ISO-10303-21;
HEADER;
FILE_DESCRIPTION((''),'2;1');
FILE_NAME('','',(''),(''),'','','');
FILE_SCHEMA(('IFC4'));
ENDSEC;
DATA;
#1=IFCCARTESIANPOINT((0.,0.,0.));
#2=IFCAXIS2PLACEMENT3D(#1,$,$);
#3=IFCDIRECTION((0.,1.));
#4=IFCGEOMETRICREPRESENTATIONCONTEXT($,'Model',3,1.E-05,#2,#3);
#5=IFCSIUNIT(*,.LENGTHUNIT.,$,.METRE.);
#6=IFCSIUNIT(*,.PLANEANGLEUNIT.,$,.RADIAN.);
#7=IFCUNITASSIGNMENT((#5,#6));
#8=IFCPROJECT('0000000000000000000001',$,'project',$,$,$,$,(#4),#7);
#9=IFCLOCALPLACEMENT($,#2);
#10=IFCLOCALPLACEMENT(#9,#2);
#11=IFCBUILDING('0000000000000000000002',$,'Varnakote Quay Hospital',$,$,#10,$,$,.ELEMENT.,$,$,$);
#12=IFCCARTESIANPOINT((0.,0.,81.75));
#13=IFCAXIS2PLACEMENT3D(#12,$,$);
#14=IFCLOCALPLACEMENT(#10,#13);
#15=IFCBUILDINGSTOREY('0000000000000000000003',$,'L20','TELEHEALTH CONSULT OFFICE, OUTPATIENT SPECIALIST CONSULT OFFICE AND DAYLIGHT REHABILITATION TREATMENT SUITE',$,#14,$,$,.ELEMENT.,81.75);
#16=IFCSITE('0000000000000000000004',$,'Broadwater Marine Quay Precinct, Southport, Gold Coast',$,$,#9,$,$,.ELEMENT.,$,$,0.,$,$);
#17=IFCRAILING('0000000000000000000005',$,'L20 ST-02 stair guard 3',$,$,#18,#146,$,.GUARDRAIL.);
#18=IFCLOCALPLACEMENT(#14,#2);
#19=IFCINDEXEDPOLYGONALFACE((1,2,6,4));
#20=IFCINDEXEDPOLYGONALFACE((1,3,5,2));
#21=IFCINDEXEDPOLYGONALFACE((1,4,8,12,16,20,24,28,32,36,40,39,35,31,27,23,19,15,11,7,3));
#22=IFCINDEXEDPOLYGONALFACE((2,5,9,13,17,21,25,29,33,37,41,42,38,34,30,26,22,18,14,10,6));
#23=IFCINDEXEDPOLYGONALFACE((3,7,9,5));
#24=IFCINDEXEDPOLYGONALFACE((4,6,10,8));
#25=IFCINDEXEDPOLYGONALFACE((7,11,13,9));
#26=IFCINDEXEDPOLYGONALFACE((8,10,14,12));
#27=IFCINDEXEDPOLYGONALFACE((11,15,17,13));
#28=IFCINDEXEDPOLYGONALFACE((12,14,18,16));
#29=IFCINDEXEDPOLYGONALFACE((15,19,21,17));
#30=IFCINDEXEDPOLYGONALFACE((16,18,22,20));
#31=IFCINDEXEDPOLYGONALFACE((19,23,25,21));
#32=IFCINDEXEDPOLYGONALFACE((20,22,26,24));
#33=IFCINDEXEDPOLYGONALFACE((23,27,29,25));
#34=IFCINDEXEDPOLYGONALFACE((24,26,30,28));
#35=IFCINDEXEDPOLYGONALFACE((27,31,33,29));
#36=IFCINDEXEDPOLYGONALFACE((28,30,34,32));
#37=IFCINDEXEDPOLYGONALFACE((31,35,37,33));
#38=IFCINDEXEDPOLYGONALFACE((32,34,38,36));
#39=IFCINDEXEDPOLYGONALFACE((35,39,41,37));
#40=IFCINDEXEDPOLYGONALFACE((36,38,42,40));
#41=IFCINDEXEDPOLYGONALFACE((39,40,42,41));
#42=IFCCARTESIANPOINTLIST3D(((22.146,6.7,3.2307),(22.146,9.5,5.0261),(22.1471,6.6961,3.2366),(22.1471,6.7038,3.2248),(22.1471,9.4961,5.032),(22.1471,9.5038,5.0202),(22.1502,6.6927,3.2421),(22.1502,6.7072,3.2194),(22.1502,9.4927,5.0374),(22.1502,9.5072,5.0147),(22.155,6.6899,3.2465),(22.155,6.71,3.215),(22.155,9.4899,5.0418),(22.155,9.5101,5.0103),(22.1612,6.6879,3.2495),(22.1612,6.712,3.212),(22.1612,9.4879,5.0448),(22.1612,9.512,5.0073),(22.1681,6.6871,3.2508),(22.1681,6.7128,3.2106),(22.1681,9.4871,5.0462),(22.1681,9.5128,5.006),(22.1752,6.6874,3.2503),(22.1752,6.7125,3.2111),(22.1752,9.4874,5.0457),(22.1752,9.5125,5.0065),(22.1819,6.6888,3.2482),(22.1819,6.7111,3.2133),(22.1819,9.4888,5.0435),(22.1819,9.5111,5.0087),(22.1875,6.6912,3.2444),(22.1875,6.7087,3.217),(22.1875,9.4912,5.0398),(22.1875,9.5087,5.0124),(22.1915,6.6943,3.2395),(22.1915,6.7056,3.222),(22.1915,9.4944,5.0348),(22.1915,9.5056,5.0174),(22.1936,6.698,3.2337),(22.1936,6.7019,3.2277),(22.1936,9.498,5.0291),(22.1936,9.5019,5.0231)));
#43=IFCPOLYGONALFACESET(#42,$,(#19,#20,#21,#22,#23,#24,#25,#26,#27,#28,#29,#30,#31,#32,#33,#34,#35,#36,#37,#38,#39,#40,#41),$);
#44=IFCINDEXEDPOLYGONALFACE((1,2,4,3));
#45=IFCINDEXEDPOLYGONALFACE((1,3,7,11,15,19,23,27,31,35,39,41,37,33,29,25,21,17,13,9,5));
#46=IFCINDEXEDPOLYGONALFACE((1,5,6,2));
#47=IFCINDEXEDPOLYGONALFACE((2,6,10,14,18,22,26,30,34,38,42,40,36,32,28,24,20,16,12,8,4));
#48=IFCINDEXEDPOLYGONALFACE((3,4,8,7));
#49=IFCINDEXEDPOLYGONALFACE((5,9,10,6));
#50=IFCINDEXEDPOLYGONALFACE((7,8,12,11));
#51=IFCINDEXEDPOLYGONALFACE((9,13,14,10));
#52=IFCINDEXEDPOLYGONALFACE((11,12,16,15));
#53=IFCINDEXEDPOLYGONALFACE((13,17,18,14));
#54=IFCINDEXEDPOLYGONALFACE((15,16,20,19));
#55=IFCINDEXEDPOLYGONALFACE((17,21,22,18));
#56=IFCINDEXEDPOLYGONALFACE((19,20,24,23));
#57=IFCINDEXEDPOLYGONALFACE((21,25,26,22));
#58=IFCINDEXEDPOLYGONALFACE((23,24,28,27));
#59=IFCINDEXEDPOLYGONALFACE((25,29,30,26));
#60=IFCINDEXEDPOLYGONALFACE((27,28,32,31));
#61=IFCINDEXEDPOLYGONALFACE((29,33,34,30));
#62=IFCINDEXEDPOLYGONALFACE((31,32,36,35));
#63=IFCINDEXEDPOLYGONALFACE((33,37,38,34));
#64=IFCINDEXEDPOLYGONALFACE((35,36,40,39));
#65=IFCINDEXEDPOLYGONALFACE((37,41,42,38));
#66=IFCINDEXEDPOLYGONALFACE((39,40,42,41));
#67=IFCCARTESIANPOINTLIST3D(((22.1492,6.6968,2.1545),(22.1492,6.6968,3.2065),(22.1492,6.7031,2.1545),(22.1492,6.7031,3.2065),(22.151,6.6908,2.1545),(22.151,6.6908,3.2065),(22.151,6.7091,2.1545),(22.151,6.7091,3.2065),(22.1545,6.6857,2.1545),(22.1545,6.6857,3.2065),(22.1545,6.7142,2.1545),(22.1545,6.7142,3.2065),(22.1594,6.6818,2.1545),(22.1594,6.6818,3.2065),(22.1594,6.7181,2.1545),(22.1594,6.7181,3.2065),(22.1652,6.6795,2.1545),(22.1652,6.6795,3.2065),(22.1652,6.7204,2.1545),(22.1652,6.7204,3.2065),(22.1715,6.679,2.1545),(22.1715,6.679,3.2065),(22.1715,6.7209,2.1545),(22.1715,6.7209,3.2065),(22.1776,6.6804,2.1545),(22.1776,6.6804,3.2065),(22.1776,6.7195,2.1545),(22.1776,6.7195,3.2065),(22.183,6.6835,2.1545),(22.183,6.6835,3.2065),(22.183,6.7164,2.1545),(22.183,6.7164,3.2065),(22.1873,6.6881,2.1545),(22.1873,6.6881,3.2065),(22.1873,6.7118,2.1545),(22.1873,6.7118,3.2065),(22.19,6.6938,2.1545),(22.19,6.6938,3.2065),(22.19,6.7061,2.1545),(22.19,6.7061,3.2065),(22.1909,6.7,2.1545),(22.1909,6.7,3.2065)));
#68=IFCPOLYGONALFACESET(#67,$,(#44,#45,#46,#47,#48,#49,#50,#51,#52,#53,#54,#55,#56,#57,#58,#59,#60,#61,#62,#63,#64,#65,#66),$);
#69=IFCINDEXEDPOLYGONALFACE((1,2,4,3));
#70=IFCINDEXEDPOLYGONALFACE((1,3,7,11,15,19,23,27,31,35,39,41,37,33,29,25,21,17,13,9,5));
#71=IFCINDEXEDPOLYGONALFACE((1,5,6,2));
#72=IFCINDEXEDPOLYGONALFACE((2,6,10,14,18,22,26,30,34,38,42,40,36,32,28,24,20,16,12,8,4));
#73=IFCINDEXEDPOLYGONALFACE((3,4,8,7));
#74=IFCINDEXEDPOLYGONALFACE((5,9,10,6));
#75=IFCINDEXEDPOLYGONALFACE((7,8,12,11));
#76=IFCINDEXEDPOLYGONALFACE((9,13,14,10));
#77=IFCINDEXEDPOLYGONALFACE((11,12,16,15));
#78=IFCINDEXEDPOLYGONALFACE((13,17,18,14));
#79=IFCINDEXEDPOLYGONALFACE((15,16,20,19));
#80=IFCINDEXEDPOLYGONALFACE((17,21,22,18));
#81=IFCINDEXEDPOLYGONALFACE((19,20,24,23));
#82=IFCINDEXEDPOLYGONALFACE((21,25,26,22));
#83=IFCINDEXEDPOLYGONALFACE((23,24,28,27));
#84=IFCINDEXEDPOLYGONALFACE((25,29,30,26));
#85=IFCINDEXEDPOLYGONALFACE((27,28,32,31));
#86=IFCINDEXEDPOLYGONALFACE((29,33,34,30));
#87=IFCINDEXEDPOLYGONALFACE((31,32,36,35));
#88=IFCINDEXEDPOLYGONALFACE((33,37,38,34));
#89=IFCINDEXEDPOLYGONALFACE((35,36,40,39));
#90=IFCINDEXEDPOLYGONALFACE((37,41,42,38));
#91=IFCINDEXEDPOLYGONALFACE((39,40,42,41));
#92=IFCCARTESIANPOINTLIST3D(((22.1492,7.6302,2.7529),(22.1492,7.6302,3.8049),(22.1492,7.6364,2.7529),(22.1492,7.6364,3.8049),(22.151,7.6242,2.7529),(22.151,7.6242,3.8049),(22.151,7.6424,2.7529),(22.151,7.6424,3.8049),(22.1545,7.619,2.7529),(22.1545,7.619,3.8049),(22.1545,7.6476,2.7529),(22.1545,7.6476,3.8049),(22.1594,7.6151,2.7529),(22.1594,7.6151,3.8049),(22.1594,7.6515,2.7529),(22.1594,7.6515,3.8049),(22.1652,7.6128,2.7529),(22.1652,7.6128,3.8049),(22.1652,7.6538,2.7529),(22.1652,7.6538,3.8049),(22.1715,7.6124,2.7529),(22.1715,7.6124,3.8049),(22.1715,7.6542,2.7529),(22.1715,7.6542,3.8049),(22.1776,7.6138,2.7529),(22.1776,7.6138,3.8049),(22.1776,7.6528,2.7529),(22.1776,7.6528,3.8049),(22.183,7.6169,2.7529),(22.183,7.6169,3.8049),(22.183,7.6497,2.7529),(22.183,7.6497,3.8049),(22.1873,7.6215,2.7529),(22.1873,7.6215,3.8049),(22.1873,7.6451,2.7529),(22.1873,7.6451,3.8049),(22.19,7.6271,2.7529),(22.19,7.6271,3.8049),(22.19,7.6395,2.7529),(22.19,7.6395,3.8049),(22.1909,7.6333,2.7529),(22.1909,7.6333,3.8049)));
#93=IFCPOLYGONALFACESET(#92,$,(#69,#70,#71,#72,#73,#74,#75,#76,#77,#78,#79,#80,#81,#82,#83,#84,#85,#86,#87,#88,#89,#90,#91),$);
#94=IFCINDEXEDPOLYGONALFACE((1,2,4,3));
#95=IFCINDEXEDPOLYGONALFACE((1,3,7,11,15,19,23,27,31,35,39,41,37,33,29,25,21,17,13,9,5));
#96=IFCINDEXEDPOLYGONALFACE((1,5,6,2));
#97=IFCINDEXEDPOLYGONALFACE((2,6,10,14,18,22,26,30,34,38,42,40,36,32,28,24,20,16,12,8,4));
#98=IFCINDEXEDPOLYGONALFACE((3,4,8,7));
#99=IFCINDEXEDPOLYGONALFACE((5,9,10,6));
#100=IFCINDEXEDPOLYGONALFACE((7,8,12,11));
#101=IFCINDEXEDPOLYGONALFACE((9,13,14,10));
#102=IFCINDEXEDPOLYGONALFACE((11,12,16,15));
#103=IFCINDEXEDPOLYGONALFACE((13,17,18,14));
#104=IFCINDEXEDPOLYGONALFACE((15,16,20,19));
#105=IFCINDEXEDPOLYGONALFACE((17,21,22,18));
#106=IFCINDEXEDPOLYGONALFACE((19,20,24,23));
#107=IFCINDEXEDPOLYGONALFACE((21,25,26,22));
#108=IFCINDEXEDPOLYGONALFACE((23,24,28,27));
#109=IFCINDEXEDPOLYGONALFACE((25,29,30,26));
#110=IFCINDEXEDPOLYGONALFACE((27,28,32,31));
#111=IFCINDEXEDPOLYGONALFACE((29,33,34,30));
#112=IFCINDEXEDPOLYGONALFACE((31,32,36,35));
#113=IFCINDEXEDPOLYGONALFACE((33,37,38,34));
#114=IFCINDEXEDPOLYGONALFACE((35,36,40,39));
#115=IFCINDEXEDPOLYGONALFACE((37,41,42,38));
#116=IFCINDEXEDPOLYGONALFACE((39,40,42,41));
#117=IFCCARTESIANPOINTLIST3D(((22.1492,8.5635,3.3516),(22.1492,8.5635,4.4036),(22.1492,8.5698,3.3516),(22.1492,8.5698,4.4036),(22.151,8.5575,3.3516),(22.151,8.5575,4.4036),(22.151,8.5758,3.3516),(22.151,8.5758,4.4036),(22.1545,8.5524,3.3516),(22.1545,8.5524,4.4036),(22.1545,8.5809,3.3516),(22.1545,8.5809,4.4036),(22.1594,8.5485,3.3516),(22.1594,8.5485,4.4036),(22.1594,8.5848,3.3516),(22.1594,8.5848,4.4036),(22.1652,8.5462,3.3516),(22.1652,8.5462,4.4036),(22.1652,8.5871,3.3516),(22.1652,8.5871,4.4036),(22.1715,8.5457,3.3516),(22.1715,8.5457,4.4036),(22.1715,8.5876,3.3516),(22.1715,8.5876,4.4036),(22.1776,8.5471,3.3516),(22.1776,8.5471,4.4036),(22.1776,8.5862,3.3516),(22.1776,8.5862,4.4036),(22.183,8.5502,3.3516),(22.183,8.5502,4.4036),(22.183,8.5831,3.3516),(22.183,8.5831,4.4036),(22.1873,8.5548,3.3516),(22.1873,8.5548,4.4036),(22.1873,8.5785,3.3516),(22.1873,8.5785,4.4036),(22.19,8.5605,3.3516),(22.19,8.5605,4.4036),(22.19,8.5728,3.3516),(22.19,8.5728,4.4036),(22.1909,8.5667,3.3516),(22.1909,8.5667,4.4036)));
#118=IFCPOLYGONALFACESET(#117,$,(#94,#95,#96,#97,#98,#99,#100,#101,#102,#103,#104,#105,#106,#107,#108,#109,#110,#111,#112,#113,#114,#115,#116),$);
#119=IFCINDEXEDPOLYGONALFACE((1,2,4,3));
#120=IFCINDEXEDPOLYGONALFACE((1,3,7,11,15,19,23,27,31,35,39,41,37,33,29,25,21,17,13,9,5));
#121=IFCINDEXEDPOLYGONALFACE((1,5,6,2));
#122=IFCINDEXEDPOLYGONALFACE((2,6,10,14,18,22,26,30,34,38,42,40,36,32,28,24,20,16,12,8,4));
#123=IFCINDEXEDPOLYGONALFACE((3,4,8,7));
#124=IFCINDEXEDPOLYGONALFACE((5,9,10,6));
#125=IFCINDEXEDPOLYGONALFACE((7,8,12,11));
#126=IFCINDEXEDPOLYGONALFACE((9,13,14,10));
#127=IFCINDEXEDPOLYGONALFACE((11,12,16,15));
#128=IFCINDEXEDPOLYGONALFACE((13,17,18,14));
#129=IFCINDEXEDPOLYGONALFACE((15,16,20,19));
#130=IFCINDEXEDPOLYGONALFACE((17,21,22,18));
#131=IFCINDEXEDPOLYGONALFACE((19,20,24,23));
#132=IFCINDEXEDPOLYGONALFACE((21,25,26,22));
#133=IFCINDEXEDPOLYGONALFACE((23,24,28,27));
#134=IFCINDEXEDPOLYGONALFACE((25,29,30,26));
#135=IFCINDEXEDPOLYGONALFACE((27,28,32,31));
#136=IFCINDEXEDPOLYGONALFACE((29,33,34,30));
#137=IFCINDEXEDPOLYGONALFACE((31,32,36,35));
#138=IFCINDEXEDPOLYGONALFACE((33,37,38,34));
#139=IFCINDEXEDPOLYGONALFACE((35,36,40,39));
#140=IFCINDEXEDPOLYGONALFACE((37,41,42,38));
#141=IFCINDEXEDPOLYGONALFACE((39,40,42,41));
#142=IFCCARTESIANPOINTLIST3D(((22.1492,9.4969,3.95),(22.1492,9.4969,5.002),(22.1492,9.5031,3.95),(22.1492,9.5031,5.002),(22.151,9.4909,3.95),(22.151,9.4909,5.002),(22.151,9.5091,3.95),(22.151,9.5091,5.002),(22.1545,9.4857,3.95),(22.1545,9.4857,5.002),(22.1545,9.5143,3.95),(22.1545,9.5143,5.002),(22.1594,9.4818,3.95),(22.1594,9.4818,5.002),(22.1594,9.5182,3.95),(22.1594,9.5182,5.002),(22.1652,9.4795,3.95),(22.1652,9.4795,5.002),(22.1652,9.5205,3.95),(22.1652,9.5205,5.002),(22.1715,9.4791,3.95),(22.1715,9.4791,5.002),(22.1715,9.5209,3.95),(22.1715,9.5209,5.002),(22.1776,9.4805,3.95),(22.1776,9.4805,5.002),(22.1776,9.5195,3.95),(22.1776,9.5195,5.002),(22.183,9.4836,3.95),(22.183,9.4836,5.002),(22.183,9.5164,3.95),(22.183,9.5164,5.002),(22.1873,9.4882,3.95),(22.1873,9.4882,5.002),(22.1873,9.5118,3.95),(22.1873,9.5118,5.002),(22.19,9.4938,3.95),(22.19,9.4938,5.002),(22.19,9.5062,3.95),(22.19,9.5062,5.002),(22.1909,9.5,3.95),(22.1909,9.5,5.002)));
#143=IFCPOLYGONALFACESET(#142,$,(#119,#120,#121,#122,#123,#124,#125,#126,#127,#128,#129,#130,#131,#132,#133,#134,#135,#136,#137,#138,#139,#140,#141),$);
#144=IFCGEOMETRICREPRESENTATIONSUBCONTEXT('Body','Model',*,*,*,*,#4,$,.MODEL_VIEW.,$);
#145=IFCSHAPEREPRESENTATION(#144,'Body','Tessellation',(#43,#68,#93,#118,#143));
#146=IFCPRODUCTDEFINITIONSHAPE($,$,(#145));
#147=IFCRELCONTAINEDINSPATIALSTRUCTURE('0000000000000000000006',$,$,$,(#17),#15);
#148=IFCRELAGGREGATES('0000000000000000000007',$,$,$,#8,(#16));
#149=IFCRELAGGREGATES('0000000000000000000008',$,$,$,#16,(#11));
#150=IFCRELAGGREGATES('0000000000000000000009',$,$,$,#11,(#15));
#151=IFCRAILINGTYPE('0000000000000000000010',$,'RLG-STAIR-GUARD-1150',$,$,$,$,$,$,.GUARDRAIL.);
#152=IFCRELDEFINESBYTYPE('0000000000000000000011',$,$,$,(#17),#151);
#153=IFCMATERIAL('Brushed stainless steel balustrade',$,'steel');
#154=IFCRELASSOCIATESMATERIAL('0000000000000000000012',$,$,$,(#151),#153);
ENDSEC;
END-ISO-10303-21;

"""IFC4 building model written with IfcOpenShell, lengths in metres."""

from ifc_helpers import new_model, si_unit, direction, frame, origin, origin_2d, place, context, subcontext, project, spatial, circle, extrude, material, type_object, element, save


model = new_model("IFC4")

# Units and contexts
model_context = context("Model", 3, precision=1e-05, world=origin(), true_north=direction((0.0, 1.0)))
body_context = subcontext(model_context, "Body", "Model", "MODEL_VIEW")
ifc_project = project(units=[si_unit("LENGTHUNIT", "METRE"), si_unit("PLANEANGLEUNIT", "RADIAN")], contexts=[model_context])

# Site, building, storey
site_placement = place(None, origin())
site = spatial("IfcSite", under=ifc_project, at=site_placement, Name="Broadwater Marine Quay Precinct, Southport, Gold Coast", CompositionType="ELEMENT", RefElevation=0.0)
building_placement = place(site_placement, origin())
building = spatial("IfcBuilding", under=site, at=building_placement, Name="Varnakote Quay Hospital", CompositionType="ELEMENT")
storey_placement = place(building_placement, frame((0.0, 0.0, 81.75)))
storey = spatial("IfcBuildingStorey", under=building, at=storey_placement, Name="L20", Description="TELEHEALTH CONSULT OFFICE, OUTPATIENT SPECIALIST CONSULT OFFICE AND DAYLIGHT REHABILITATION TREATMENT SUITE", CompositionType="ELEMENT", Elevation=81.75)

# Railing
ifc_material_1 = material(Name="Brushed stainless steel balustrade", Category="steel")
railing_type_1 = type_object("IfcRailingType", Name="RLG-STAIR-GUARD-1150", PredefinedType="GUARDRAIL", material=ifc_material_1)
railing_1_placement = place(storey_placement, frame((22.1699, 6.7, 2.1545)))
element("IfcRailing", 1, at=railing_1_placement, inside=storey, type_object=railing_type_1, Name="L20 ST-02 stair guard 3", PredefinedType="GUARDRAIL", context=body_context, shape_type="SweptSolid", body=[
    extrude(circle(Radius=0.0239, at=origin_2d()), frame((0.0, 0.0, 1.0762), z_axis=(0.0, 0.84181, 0.539774), x_axis=(-1.0, 0.0, 0.0)), (0.0, 0.0, 1.0), 3.3262),
    extrude(circle(Radius=0.021, at=origin_2d()), origin(), (0.0, 0.0, 1.0), 1.052),
    extrude(circle(Radius=0.021, at=origin_2d()), frame((0.0, 0.9333, 0.5984)), (0.0, 0.0, 1.0), 1.052),
    extrude(circle(Radius=0.021, at=origin_2d()), frame((0.0, 1.8667, 1.197)), (0.0, 0.0, 1.0), 1.052),
    extrude(circle(Radius=0.021, at=origin_2d()), frame((0.0, 2.8, 1.7954)), (0.0, 0.0, 1.0), 1.052),
])

save(model, "model.ifc")
